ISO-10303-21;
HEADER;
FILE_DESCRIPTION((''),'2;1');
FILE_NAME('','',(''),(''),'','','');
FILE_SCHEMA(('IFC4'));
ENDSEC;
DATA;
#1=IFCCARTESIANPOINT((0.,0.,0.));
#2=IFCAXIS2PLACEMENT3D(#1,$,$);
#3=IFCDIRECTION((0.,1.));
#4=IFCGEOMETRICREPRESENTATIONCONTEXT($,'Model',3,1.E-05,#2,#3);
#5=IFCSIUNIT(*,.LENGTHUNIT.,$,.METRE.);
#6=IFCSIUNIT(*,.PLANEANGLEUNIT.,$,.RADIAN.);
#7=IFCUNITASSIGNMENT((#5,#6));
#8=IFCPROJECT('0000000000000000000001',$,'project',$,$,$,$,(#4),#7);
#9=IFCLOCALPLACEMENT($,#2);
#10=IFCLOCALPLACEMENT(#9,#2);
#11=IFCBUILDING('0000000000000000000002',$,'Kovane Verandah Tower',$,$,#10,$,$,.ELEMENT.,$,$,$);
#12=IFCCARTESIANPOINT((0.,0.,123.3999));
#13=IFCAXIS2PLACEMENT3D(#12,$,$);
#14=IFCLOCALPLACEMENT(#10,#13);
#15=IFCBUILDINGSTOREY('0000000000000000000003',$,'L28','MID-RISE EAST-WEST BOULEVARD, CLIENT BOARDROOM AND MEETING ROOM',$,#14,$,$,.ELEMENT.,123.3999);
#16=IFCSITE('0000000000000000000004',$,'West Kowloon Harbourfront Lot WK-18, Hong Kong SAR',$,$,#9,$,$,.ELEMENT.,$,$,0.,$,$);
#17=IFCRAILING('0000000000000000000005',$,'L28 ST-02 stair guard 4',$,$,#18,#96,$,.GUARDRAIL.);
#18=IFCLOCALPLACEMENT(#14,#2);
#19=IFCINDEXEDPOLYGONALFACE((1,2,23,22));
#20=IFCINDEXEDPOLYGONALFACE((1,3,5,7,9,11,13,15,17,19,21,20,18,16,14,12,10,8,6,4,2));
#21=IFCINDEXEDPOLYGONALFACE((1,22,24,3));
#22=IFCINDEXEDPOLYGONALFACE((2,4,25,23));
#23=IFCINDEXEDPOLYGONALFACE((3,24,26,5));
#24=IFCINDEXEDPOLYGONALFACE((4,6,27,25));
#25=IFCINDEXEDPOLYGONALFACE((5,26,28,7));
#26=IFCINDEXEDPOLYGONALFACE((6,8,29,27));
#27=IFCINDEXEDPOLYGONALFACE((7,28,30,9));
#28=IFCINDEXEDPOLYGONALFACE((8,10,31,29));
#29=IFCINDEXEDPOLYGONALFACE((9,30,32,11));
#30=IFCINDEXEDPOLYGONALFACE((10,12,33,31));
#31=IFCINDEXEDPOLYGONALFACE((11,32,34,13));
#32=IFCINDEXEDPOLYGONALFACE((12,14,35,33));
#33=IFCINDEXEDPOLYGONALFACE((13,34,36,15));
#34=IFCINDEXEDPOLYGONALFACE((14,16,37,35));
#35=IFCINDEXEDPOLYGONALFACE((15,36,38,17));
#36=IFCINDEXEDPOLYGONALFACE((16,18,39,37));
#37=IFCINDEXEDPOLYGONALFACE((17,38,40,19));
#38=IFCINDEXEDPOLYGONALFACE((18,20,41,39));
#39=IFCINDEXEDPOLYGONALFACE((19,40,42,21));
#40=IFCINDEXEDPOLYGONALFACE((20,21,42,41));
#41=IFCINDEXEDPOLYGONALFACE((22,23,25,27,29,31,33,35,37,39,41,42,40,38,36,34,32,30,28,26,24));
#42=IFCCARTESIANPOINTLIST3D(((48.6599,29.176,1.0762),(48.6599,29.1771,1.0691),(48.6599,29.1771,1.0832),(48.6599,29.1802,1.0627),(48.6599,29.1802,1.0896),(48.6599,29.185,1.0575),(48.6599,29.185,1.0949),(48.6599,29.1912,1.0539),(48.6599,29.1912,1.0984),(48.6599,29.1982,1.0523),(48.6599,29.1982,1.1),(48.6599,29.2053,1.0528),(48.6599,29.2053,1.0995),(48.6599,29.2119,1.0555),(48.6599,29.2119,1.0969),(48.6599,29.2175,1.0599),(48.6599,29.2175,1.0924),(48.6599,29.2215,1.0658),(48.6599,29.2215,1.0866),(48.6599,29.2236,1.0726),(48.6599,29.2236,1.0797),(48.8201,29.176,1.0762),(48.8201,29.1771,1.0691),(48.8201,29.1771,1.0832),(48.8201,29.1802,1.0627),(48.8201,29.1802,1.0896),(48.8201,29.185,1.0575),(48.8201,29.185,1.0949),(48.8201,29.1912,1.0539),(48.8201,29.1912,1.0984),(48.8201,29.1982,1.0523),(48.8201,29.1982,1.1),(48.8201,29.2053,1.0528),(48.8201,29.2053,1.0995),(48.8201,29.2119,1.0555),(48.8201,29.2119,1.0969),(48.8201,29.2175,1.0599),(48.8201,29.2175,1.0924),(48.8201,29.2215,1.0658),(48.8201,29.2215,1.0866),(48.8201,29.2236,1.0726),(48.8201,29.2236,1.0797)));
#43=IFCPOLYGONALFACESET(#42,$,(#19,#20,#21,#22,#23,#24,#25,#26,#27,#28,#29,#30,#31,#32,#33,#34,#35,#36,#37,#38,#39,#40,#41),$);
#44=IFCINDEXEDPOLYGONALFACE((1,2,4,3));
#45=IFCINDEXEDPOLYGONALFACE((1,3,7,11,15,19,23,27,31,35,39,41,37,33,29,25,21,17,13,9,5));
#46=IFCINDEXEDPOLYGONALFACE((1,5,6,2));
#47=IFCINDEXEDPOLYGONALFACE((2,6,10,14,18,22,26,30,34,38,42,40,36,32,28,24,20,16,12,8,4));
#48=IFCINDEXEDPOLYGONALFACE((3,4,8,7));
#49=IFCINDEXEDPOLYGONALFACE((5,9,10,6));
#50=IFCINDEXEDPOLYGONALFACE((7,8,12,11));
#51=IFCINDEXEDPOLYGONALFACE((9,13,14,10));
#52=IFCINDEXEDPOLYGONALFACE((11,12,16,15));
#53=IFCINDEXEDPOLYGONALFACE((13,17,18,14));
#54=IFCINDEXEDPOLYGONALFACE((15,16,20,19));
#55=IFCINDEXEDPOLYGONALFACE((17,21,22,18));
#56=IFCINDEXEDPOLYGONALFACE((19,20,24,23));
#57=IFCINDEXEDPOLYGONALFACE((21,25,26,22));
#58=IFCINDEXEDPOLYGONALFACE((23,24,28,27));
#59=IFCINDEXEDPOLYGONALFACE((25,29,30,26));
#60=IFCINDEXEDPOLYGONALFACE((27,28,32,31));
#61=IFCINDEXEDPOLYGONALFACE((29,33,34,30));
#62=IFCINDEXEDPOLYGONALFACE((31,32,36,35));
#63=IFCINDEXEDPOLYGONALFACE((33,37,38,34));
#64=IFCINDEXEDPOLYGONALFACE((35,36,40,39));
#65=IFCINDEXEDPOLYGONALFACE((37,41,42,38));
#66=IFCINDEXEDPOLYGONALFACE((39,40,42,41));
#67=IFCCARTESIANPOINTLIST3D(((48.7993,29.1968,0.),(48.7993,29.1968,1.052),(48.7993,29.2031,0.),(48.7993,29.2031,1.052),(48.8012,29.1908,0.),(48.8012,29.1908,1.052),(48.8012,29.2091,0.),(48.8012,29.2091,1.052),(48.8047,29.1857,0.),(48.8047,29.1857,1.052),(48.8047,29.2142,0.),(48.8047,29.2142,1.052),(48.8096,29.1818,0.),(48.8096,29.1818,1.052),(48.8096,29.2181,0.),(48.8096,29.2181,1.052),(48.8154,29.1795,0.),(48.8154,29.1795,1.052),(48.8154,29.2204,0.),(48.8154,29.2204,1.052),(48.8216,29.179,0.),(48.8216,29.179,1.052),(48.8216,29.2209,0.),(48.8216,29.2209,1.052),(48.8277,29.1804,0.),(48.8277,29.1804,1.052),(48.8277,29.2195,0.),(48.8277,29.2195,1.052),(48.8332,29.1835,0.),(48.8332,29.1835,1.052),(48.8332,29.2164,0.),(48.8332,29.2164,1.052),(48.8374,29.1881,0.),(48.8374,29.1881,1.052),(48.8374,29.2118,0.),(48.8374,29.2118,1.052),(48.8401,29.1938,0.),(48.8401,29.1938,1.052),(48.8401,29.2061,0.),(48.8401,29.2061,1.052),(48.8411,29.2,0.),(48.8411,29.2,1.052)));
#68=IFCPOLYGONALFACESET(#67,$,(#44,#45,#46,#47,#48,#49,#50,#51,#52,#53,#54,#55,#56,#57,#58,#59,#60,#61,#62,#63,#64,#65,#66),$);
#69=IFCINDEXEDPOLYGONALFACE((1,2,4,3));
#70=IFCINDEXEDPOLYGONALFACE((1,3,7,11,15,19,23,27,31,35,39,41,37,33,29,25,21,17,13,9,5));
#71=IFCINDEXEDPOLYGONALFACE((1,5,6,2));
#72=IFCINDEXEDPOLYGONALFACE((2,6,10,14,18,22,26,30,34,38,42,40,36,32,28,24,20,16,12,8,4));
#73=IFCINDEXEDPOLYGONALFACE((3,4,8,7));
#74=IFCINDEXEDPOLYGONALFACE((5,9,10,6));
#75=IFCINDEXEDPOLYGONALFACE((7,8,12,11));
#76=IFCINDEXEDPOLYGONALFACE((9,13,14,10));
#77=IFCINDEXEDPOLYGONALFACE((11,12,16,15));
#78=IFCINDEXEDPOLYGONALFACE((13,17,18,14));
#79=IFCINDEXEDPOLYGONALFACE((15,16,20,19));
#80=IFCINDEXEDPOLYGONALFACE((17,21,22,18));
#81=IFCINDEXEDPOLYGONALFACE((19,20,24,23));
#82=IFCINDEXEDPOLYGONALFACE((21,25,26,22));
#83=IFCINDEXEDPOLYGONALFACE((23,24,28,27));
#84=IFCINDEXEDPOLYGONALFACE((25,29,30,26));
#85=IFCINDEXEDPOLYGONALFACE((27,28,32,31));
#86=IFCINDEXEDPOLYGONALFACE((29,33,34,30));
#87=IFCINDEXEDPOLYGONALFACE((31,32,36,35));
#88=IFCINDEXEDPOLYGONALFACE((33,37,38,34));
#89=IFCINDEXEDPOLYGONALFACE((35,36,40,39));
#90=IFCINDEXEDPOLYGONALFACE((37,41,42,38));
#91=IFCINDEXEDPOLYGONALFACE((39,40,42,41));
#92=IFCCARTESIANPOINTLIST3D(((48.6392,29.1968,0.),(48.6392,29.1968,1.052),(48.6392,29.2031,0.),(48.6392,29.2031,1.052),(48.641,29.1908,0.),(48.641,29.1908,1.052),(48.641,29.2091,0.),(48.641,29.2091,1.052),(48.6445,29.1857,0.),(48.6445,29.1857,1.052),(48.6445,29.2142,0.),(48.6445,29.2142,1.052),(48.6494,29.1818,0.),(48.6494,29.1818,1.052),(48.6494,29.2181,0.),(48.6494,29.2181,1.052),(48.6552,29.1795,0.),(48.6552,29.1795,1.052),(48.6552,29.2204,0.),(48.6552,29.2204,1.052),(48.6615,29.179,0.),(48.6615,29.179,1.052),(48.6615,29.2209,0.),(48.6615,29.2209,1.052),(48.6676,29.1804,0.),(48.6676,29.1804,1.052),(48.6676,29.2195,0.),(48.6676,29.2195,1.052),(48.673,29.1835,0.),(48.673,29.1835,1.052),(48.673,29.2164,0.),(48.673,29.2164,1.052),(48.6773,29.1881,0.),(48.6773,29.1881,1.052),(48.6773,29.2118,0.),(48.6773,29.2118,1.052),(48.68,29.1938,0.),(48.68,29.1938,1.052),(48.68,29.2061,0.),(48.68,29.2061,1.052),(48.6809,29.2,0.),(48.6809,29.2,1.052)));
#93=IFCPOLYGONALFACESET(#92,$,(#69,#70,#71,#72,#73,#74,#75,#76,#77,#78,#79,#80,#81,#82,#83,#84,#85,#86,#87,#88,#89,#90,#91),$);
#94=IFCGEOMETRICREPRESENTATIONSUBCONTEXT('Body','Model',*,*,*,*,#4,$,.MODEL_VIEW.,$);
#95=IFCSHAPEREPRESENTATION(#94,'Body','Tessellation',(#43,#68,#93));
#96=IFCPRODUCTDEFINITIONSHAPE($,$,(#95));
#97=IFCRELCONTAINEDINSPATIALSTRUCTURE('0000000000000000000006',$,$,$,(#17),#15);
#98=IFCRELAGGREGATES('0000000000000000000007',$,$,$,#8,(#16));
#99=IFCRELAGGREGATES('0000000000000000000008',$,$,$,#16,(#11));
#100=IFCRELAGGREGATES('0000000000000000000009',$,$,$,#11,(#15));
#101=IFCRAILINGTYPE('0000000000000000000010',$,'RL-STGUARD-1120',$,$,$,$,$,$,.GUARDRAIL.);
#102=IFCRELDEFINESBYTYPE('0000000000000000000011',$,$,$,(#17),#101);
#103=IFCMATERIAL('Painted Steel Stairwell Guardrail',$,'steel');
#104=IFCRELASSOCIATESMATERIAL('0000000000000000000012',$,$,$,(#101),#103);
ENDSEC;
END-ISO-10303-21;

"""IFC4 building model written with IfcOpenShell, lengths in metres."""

from ifc_helpers import new_model, si_unit, direction, frame, origin, origin_2d, place, context, subcontext, project, spatial, circle, extrude, material, type_object, element, save


model = new_model("IFC4")

# Units and contexts
model_context = context("Model", 3, precision=1e-05, world=origin(), true_north=direction((0.0, 1.0)))
body_context = subcontext(model_context, "Body", "Model", "MODEL_VIEW")
ifc_project = project(units=[si_unit("LENGTHUNIT", "METRE"), si_unit("PLANEANGLEUNIT", "RADIAN")], contexts=[model_context])

# Site, building, storey
site_placement = place(None, origin())
site = spatial("IfcSite", under=ifc_project, at=site_placement, Name="West Kowloon Harbourfront Lot WK-18, Hong Kong SAR", CompositionType="ELEMENT", RefElevation=0.0)
building_placement = place(site_placement, origin())
building = spatial("IfcBuilding", under=site, at=building_placement, Name="Kovane Verandah Tower", CompositionType="ELEMENT")
storey_placement = place(building_placement, frame((0.0, 0.0, 123.3999)))
storey = spatial("IfcBuildingStorey", under=building, at=storey_placement, Name="L28", Description="MID-RISE EAST-WEST BOULEVARD, CLIENT BOARDROOM AND MEETING ROOM", CompositionType="ELEMENT", Elevation=123.3999)

# Railing
ifc_material_1 = material(Name="Painted Steel Stairwell Guardrail", Category="steel")
railing_type_1 = type_object("IfcRailingType", Name="RL-STGUARD-1120", PredefinedType="GUARDRAIL", material=ifc_material_1)
railing_1_placement = place(storey_placement, frame((48.8201, 29.2, 0.0)))
element("IfcRailing", 1, at=railing_1_placement, inside=storey, type_object=railing_type_1, Name="L28 ST-02 stair guard 4", PredefinedType="GUARDRAIL", context=body_context, shape_type="SweptSolid", body=[
    extrude(circle(Radius=0.0239, at=origin_2d()), frame((0.0, 0.0, 1.0762), z_axis=(-1.0, 0.0, 0.0), x_axis=(0.0, -1.0, 0.0)), (0.0, 0.0, 1.0), 0.1602),
    extrude(circle(Radius=0.021, at=origin_2d()), origin(), (0.0, 0.0, 1.0), 1.052),
    extrude(circle(Radius=0.021, at=origin_2d()), frame((-0.1602, 0.0, 0.0)), (0.0, 0.0, 1.0), 1.052),
])

save(model, "model.ifc")
